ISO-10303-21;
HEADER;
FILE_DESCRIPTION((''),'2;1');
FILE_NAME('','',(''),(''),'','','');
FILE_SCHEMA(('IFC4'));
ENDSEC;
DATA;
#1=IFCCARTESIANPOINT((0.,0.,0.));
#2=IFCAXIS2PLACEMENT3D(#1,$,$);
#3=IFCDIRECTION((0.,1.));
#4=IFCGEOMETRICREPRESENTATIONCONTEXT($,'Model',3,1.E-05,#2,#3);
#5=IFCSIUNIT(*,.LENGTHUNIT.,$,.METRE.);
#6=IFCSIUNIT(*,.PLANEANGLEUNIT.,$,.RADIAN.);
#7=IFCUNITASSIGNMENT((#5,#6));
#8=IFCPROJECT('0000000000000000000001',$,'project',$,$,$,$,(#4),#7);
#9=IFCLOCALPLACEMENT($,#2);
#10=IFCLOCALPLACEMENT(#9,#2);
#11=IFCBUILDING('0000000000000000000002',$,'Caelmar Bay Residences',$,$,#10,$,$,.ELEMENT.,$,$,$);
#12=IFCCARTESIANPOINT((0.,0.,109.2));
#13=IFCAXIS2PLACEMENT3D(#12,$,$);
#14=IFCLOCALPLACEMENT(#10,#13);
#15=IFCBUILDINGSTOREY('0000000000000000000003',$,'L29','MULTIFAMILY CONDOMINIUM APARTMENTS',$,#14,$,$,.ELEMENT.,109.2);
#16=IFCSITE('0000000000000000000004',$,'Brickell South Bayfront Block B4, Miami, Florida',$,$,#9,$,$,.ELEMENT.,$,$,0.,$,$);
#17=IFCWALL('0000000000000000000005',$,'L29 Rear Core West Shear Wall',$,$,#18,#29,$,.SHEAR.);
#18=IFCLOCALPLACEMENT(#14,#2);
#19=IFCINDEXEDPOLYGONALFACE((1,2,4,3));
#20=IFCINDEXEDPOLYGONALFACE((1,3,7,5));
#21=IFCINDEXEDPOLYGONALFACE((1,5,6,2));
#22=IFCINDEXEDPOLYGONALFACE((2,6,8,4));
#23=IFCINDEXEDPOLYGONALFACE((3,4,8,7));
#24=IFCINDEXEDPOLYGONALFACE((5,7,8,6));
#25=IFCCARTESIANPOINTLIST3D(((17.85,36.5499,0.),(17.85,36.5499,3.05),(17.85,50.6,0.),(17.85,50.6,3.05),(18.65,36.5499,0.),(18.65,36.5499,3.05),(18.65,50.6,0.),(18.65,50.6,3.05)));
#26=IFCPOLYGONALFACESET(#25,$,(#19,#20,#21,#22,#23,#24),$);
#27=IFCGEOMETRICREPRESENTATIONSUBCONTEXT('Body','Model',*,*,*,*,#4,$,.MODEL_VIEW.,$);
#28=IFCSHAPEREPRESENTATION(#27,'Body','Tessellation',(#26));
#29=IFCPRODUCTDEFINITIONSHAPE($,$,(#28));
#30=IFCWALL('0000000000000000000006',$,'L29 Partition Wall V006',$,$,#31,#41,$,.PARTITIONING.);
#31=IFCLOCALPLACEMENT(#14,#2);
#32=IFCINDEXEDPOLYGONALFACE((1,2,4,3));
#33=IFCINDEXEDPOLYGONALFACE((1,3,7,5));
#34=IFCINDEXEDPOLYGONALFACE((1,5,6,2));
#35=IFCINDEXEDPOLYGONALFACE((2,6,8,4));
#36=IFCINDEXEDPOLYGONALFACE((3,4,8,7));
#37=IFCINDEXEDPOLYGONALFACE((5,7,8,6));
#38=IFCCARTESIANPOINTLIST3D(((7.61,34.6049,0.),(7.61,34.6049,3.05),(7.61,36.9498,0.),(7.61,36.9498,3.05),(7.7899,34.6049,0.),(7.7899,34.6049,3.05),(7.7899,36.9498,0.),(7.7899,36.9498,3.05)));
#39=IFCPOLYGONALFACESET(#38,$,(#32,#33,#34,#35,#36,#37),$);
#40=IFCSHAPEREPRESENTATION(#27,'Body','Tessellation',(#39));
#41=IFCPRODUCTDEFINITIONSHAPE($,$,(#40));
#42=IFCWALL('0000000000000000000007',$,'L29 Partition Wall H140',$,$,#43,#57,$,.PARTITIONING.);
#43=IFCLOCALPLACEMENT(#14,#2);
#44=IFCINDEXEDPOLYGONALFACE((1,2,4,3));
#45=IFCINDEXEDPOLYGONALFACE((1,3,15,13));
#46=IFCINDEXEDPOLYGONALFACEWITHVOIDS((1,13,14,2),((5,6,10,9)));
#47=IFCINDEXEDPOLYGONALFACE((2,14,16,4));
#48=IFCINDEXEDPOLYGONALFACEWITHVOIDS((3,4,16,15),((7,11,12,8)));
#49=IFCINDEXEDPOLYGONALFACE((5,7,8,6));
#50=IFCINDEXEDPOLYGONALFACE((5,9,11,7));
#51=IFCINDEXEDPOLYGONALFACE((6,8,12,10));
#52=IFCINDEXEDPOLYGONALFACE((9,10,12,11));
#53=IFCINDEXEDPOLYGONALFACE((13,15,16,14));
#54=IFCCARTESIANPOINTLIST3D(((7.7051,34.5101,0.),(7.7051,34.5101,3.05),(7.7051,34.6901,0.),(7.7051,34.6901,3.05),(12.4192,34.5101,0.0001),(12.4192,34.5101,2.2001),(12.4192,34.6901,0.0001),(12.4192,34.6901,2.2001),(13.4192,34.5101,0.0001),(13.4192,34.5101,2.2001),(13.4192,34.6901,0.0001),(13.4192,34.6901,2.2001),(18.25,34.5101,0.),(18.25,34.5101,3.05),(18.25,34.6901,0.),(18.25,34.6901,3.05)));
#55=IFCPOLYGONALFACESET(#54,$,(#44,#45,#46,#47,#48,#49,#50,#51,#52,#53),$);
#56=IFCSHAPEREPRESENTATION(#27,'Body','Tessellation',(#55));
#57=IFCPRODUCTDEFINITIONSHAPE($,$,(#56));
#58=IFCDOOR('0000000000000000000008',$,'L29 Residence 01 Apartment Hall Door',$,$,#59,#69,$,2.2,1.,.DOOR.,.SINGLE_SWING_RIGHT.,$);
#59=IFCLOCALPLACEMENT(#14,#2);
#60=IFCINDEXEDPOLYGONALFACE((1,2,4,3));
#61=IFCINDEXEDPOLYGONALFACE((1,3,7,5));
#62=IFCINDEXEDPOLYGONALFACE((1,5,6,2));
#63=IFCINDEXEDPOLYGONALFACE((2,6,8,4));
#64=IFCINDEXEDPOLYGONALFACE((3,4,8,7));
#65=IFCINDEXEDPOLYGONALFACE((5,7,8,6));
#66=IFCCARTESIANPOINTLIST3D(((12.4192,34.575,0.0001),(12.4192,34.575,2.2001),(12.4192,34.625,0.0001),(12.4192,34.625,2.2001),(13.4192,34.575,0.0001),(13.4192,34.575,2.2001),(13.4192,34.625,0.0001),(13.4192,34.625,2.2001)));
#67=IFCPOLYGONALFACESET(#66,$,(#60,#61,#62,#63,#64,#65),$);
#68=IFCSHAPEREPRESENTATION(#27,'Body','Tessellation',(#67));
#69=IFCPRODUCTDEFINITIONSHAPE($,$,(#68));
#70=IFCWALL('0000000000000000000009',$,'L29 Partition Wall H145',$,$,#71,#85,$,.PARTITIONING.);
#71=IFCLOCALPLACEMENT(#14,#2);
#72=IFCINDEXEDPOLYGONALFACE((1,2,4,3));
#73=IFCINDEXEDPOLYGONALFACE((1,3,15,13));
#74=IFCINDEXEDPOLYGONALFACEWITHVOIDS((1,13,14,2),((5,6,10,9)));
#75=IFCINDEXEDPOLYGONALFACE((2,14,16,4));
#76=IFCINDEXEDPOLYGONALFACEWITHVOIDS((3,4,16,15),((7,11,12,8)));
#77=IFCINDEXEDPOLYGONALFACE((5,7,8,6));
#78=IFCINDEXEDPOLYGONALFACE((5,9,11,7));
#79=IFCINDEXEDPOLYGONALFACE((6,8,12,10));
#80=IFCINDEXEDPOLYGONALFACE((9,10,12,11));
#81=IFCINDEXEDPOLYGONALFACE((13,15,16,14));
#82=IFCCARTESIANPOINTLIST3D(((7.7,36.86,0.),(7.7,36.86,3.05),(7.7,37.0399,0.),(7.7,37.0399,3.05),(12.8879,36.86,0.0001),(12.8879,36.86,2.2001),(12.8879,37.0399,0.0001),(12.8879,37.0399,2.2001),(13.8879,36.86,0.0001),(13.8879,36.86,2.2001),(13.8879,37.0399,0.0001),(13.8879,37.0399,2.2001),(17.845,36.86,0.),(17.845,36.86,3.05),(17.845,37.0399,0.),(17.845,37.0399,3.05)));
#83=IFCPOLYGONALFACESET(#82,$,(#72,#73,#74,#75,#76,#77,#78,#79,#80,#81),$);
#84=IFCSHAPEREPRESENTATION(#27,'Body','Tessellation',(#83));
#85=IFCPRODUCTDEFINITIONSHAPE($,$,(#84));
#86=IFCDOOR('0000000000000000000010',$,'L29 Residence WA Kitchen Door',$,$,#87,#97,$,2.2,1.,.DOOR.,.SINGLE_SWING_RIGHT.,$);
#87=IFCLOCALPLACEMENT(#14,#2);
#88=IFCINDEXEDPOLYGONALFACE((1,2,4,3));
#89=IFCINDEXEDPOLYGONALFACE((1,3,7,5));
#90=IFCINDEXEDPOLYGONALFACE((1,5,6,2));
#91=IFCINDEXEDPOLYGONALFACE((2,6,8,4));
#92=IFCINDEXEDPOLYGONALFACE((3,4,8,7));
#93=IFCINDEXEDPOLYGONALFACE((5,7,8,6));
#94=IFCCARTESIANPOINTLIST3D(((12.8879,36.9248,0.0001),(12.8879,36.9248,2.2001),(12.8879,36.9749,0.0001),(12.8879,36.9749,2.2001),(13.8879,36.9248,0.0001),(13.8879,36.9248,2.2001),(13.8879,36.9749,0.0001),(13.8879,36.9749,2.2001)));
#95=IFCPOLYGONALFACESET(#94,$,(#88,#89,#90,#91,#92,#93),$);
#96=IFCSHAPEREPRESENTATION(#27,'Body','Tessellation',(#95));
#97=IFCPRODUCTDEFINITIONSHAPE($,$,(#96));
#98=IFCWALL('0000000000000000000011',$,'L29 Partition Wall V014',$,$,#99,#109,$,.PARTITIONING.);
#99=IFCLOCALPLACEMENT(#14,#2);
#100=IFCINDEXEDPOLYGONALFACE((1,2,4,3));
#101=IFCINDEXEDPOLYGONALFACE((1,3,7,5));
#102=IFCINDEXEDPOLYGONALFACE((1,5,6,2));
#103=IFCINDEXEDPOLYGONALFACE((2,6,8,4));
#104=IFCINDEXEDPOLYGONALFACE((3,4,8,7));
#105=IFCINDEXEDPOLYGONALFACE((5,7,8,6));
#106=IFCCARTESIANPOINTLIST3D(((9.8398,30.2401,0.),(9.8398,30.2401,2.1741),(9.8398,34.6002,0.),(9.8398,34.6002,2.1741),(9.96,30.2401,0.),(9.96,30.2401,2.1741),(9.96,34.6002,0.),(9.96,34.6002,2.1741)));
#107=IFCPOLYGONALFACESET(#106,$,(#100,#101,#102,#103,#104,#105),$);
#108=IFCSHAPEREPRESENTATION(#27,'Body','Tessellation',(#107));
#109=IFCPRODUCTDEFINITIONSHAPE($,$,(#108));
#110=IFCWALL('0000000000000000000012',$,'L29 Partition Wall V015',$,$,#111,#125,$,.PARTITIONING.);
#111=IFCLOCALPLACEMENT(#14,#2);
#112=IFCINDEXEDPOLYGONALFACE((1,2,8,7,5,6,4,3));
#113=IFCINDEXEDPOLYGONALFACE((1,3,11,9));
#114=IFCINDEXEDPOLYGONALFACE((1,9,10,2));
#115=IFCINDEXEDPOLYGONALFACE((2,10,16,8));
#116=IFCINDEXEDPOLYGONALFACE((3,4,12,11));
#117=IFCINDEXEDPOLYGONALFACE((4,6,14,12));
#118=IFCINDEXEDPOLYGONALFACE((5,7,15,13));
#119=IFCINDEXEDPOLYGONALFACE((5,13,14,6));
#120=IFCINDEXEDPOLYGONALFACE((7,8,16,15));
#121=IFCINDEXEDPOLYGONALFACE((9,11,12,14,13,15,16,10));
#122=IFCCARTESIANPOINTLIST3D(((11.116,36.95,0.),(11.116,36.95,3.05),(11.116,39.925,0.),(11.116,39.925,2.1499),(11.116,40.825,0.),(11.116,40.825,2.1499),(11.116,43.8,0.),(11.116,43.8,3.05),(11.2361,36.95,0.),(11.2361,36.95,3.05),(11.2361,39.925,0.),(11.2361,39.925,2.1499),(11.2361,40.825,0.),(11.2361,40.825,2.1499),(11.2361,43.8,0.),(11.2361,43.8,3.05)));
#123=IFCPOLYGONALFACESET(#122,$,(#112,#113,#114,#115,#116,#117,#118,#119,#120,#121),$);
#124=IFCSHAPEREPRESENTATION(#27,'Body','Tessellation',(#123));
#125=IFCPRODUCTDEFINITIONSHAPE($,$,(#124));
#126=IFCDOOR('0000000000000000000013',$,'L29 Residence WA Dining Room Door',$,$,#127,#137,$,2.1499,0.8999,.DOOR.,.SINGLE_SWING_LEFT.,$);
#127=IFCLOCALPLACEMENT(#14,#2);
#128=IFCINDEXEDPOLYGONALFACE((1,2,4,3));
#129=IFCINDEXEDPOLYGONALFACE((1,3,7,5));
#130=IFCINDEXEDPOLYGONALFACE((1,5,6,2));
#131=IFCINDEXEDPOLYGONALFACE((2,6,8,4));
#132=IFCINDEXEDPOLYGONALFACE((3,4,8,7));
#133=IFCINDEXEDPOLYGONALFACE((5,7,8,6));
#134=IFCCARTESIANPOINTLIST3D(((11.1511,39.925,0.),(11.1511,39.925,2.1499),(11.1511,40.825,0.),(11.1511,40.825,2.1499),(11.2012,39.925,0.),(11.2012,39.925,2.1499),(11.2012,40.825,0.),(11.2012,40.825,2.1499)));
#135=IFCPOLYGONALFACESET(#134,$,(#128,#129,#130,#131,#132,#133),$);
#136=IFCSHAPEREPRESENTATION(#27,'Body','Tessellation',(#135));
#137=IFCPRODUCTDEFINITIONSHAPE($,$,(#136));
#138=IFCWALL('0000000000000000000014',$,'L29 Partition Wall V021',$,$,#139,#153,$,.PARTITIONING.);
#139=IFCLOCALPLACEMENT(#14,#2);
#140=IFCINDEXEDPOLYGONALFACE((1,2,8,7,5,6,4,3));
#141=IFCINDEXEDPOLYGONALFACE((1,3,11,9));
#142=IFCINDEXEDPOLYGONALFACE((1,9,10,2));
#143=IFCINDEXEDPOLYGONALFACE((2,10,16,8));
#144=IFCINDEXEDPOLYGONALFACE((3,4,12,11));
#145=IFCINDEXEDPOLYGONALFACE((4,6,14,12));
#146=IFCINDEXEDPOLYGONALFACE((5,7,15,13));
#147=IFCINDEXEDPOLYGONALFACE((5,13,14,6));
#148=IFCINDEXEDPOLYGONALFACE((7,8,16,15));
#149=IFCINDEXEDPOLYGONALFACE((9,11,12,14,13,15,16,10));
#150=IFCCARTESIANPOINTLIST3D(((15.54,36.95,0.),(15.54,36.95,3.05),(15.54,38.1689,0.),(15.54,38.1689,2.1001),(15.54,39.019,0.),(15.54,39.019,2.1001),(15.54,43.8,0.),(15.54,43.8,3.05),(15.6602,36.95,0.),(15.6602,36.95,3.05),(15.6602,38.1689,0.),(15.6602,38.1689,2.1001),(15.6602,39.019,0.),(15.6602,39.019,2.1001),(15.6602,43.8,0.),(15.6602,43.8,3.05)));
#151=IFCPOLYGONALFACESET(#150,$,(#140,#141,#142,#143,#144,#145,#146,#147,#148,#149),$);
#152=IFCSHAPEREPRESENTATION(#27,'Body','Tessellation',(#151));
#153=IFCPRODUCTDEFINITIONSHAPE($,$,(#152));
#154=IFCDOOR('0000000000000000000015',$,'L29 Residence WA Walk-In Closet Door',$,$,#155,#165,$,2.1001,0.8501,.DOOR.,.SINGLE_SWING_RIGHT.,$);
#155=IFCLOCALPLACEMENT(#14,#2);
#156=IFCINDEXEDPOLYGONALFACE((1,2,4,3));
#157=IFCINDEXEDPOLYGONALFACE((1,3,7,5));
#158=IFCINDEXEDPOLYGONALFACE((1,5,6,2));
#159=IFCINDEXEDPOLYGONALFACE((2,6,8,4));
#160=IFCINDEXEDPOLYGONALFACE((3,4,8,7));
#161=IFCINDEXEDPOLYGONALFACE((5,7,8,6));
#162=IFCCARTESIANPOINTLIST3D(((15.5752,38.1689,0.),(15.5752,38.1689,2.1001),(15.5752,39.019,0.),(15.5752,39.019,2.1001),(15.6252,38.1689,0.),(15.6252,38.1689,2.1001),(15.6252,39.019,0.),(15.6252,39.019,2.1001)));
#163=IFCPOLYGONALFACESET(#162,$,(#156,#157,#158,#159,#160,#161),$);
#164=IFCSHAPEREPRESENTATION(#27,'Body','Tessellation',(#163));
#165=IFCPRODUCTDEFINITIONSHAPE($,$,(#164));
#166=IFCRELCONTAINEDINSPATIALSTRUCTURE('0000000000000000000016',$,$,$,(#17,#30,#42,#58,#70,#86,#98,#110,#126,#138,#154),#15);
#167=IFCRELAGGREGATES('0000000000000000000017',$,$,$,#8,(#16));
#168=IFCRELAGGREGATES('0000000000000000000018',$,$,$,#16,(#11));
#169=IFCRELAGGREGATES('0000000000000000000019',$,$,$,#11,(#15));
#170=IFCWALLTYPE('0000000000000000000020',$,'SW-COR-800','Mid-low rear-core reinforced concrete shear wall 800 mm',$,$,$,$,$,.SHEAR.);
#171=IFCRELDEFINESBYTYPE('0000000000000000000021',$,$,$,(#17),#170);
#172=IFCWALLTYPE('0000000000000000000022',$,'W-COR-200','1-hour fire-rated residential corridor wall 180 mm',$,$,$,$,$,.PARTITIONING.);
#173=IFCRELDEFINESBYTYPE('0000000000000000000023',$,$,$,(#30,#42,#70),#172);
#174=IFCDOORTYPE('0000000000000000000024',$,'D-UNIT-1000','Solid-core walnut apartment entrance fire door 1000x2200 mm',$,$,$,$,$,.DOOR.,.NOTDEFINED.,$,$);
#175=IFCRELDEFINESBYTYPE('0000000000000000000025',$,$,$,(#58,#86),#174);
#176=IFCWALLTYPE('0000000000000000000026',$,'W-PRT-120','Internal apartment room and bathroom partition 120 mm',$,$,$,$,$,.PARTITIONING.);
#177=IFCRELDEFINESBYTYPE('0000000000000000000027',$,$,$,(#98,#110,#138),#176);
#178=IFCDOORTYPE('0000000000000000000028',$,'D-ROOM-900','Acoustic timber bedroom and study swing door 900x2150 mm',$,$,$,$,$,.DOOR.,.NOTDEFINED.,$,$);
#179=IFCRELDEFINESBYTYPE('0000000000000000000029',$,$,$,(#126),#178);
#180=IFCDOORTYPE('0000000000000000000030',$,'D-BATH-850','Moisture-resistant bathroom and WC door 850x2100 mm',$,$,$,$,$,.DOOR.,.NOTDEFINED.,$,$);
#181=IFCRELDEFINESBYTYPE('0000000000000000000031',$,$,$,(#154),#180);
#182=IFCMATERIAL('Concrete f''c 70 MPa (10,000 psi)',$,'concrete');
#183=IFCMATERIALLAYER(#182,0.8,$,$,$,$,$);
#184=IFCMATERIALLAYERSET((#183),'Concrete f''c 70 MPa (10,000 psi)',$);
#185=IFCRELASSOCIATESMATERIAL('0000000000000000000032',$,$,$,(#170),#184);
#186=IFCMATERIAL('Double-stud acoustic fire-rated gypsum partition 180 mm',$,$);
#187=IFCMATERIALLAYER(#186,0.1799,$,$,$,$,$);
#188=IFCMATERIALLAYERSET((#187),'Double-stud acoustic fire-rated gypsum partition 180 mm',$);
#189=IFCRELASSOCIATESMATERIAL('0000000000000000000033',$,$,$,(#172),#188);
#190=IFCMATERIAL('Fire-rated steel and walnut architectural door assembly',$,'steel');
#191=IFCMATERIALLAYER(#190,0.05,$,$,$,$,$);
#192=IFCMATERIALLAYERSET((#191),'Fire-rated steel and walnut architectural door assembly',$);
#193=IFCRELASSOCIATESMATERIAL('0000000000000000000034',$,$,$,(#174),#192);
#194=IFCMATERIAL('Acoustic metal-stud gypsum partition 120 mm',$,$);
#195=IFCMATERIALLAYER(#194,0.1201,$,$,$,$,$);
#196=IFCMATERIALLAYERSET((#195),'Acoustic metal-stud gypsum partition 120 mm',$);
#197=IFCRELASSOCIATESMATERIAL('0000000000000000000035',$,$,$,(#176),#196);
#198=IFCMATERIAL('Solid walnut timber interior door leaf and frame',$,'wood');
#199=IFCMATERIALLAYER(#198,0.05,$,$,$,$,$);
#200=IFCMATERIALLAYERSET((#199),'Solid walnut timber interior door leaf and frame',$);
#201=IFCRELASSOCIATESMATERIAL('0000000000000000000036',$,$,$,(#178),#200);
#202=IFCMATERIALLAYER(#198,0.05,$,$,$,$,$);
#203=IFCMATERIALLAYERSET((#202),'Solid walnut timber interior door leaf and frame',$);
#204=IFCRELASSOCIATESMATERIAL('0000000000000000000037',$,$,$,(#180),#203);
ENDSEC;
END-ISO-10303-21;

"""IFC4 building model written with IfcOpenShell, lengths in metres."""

from ifc_helpers import new_model, si_unit, direction, frame, frame_2d, origin, place, context, subcontext, project, spatial, rectangle, extrude, material, layer, layer_set, type_object, element, fill, save


model = new_model("IFC4")

# Units and contexts
model_context = context("Model", 3, precision=1e-05, world=origin(), true_north=direction((0.0, 1.0)))
body_context = subcontext(model_context, "Body", "Model", "MODEL_VIEW")
ifc_project = project(units=[si_unit("LENGTHUNIT", "METRE"), si_unit("PLANEANGLEUNIT", "RADIAN")], contexts=[model_context])

# Site, building, storey
site_placement = place(None, origin())
site = spatial("IfcSite", under=ifc_project, at=site_placement, Name="Brickell South Bayfront Block B4, Miami, Florida", CompositionType="ELEMENT", RefElevation=0.0)
building_placement = place(site_placement, origin())
building = spatial("IfcBuilding", under=site, at=building_placement, Name="Caelmar Bay Residences", CompositionType="ELEMENT")
storey_placement = place(building_placement, frame((0.0, 0.0, 109.2)))
storey = spatial("IfcBuildingStorey", under=building, at=storey_placement, Name="L29", Description="MULTIFAMILY CONDOMINIUM APARTMENTS", CompositionType="ELEMENT", Elevation=109.2)

# Shared definitions
ifc_material_1 = material(Name="Concrete f'c 70 MPa (10,000 psi)", Category="concrete")
ifc_layer_1 = layer(ifc_material_1, 0.8)
ifc_layer_set_1 = layer_set([ifc_layer_1], Name="Concrete f'c 70 MPa (10,000 psi)")
wall_type_1 = type_object("IfcWallType", Name="SW-COR-800", Description="Mid-low rear-core reinforced concrete shear wall 800 mm", PredefinedType="SHEAR", material=ifc_layer_set_1)
ifc_material_2 = material(Name="Fire-rated steel and walnut architectural door assembly", Category="steel")

# Walls
wall_1_placement = place(storey_placement, frame((18.25, 36.55, 0.0), z_axis=(0.0, 0.0, 1.0), x_axis=(0.0, 1.0, 0.0)))
element("IfcWall", 1, at=wall_1_placement, inside=storey, type_object=wall_type_1, Name="L29 Rear Core West Shear Wall", PredefinedType="SHEAR", context=body_context, shape_type="SweptSolid", body=[
    extrude(rectangle(XDim=14.05, YDim=0.8, at=frame_2d((7.0249, 0.0))), origin(), (0.0, 0.0, 1.0), 3.05),
])
ifc_material_3 = material(Name="Double-stud acoustic fire-rated gypsum partition 180 mm")
ifc_layer_2 = layer(ifc_material_3, 0.1799)
ifc_layer_set_2 = layer_set([ifc_layer_2], Name="Double-stud acoustic fire-rated gypsum partition 180 mm")
wall_type_2 = type_object("IfcWallType", Name="W-COR-200", Description="1-hour fire-rated residential corridor wall 180 mm", PredefinedType="PARTITIONING", material=ifc_layer_set_2)
wall_2_placement = place(storey_placement, frame((7.7, 34.605, 0.0), z_axis=(0.0, 0.0, 1.0), x_axis=(0.0, 1.0, 0.0)))
element("IfcWall", 2, at=wall_2_placement, inside=storey, type_object=wall_type_2, Name="L29 Partition Wall V006", PredefinedType="PARTITIONING", context=body_context, shape_type="SweptSolid", body=[
    extrude(rectangle(XDim=2.345, YDim=0.1799, at=frame_2d((1.1724, 0.0))), origin(), (0.0, 0.0, 1.0), 3.05),
])

# Walls, openings, doors
wall_3_placement = place(storey_placement, frame((7.7051, 34.6001, 0.0), z_axis=(0.0, 0.0, 1.0), x_axis=(1.0, 0.0, 0.0)))
wall_3 = element("IfcWall", 3, at=wall_3_placement, inside=storey, type_object=wall_type_2, Name="L29 Partition Wall H140", PredefinedType="PARTITIONING", context=body_context, shape_type="SweptSolid", body=[
    extrude(rectangle(XDim=10.5449, YDim=0.1799, at=frame_2d((5.2725, 0.0))), origin(), (0.0, 0.0, 1.0), 3.05),
])
opening_1_placement = place(wall_3_placement, frame((4.7141, 0.0, 0.0)))
opening_1 = element("IfcOpeningElement", 4, at=opening_1_placement, cuts=wall_3, PredefinedType="OPENING", context=body_context, shape_type="SweptSolid", body=[
    extrude(rectangle(XDim=1.0, YDim=2.2, at=frame_2d((0.5, 1.1001))), frame((0.0, 0.0999, 0.0), z_axis=(0.0, -1.0, 0.0), x_axis=(1.0, 0.0, 0.0)), (0.0, 0.0, 1.0), 0.2),
])
ifc_layer_3 = layer(ifc_material_2, 0.05)
ifc_layer_set_3 = layer_set([ifc_layer_3], Name="Fire-rated steel and walnut architectural door assembly")
door_type_1 = type_object("IfcDoorType", Name="D-UNIT-1000", Description="Solid-core walnut apartment entrance fire door 1000x2200 mm", OperationType="NOTDEFINED", PredefinedType="DOOR", material=ifc_layer_set_3)
door_1_placement = place(opening_1_placement, origin())
door_1 = element("IfcDoor", 5, at=door_1_placement, inside=storey, type_object=door_type_1, Name="L29 Residence 01 Apartment Hall Door", OperationType="SINGLE_SWING_RIGHT", OverallHeight=2.2, OverallWidth=1.0, PredefinedType="DOOR", context=body_context, shape_type="SweptSolid", body=[
    extrude(rectangle(XDim=1.0, YDim=2.2, at=frame_2d((0.5, 1.1001))), frame((0.0, 0.0249, 0.0), z_axis=(0.0, -1.0, 0.0), x_axis=(1.0, 0.0, 0.0)), (0.0, 0.0, 1.0), 0.05),
])
fill(opening_1, door_1)
wall_4_placement = place(storey_placement, frame((7.7, 36.95, 0.0), z_axis=(0.0, 0.0, 1.0), x_axis=(1.0, 0.0, 0.0)))
wall_4 = element("IfcWall", 6, at=wall_4_placement, inside=storey, type_object=wall_type_2, Name="L29 Partition Wall H145", PredefinedType="PARTITIONING", context=body_context, shape_type="SweptSolid", body=[
    extrude(rectangle(XDim=10.145, YDim=0.1799, at=frame_2d((5.0725, 0.0))), origin(), (0.0, 0.0, 1.0), 3.05),
])
opening_2_placement = place(wall_4_placement, frame((5.188, 0.0, 0.0)))
opening_2 = element("IfcOpeningElement", 7, at=opening_2_placement, cuts=wall_4, PredefinedType="OPENING", context=body_context, shape_type="SweptSolid", body=[
    extrude(rectangle(XDim=1.0, YDim=2.2, at=frame_2d((0.5, 1.1001))), frame((0.0, 0.0999, 0.0), z_axis=(0.0, -1.0, 0.0), x_axis=(1.0, 0.0, 0.0)), (0.0, 0.0, 1.0), 0.2),
])
door_2_placement = place(opening_2_placement, origin())
door_2 = element("IfcDoor", 8, at=door_2_placement, inside=storey, type_object=door_type_1, Name="L29 Residence WA Kitchen Door", OperationType="SINGLE_SWING_RIGHT", OverallHeight=2.2, OverallWidth=1.0, PredefinedType="DOOR", context=body_context, shape_type="SweptSolid", body=[
    extrude(rectangle(XDim=1.0, YDim=2.2, at=frame_2d((0.5, 1.1001))), frame((0.0, 0.0249, 0.0), z_axis=(0.0, -1.0, 0.0), x_axis=(1.0, 0.0, 0.0)), (0.0, 0.0, 1.0), 0.05),
])
fill(opening_2, door_2)

# Wall
ifc_material_4 = material(Name="Acoustic metal-stud gypsum partition 120 mm")
ifc_layer_4 = layer(ifc_material_4, 0.1201)
ifc_layer_set_4 = layer_set([ifc_layer_4], Name="Acoustic metal-stud gypsum partition 120 mm")
wall_type_3 = type_object("IfcWallType", Name="W-PRT-120", Description="Internal apartment room and bathroom partition 120 mm", PredefinedType="PARTITIONING", material=ifc_layer_set_4)
wall_5_placement = place(storey_placement, frame((9.8999, 30.24, 0.0), z_axis=(0.0, 0.0, 1.0), x_axis=(0.0, 1.0, 0.0)))
element("IfcWall", 9, at=wall_5_placement, inside=storey, type_object=wall_type_3, Name="L29 Partition Wall V014", PredefinedType="PARTITIONING", context=body_context, shape_type="SweptSolid", body=[
    extrude(rectangle(XDim=4.3601, YDim=0.1201, at=frame_2d((2.1802, 0.0))), origin(), (0.0, 0.0, 1.0), 2.1741),
])

# Walls, openings, doors
wall_6_placement = place(storey_placement, frame((11.176, 36.95, 0.0), z_axis=(0.0, 0.0, 1.0), x_axis=(0.0, 1.0, 0.0)))
wall_6 = element("IfcWall", 10, at=wall_6_placement, inside=storey, type_object=wall_type_3, Name="L29 Partition Wall V015", PredefinedType="PARTITIONING", context=body_context, shape_type="SweptSolid", body=[
    extrude(rectangle(XDim=6.8501, YDim=0.1201, at=frame_2d((3.425, 0.0))), origin(), (0.0, 0.0, 1.0), 3.05),
])
opening_3_placement = place(wall_6_placement, frame((2.9751, 0.0, 0.0)))
opening_3 = element("IfcOpeningElement", 11, at=opening_3_placement, cuts=wall_6, PredefinedType="OPENING", context=body_context, shape_type="SweptSolid", body=[
    extrude(rectangle(XDim=0.8999, YDim=2.1499, at=frame_2d((0.45, 1.075))), frame((0.0, 0.0701, 0.0), z_axis=(0.0, -1.0, 0.0), x_axis=(1.0, 0.0, 0.0)), (0.0, 0.0, 1.0), 0.1401),
])
ifc_material_5 = material(Name="Solid walnut timber interior door leaf and frame", Category="wood")
ifc_layer_5 = layer(ifc_material_5, 0.05)
ifc_layer_set_5 = layer_set([ifc_layer_5], Name="Solid walnut timber interior door leaf and frame")
door_type_2 = type_object("IfcDoorType", Name="D-ROOM-900", Description="Acoustic timber bedroom and study swing door 900x2150 mm", OperationType="NOTDEFINED", PredefinedType="DOOR", material=ifc_layer_set_5)
door_3_placement = place(opening_3_placement, origin())
door_3 = element("IfcDoor", 12, at=door_3_placement, inside=storey, type_object=door_type_2, Name="L29 Residence WA Dining Room Door", OperationType="SINGLE_SWING_LEFT", OverallHeight=2.1499, OverallWidth=0.8999, PredefinedType="DOOR", context=body_context, shape_type="SweptSolid", body=[
    extrude(rectangle(XDim=0.8999, YDim=2.1499, at=frame_2d((0.45, 1.075))), frame((0.0, 0.0249, 0.0), z_axis=(0.0, -1.0, 0.0), x_axis=(1.0, 0.0, 0.0)), (0.0, 0.0, 1.0), 0.05),
])
fill(opening_3, door_3)
wall_7_placement = place(storey_placement, frame((15.6001, 36.95, 0.0), z_axis=(0.0, 0.0, 1.0), x_axis=(0.0, 1.0, 0.0)))
wall_7 = element("IfcWall", 13, at=wall_7_placement, inside=storey, type_object=wall_type_3, Name="L29 Partition Wall V021", PredefinedType="PARTITIONING", context=body_context, shape_type="SweptSolid", body=[
    extrude(rectangle(XDim=6.8501, YDim=0.1201, at=frame_2d((3.425, 0.0))), origin(), (0.0, 0.0, 1.0), 3.05),
])
opening_4_placement = place(wall_7_placement, frame((1.219, 0.0, 0.0)))
opening_4 = element("IfcOpeningElement", 14, at=opening_4_placement, cuts=wall_7, PredefinedType="OPENING", context=body_context, shape_type="SweptSolid", body=[
    extrude(rectangle(XDim=0.8501, YDim=2.1001, at=frame_2d((0.425, 1.05))), frame((0.0, 0.0701, 0.0), z_axis=(0.0, -1.0, 0.0), x_axis=(1.0, 0.0, 0.0)), (0.0, 0.0, 1.0), 0.1401),
])
ifc_layer_6 = layer(ifc_material_5, 0.05)
ifc_layer_set_6 = layer_set([ifc_layer_6], Name="Solid walnut timber interior door leaf and frame")
door_type_3 = type_object("IfcDoorType", Name="D-BATH-850", Description="Moisture-resistant bathroom and WC door 850x2100 mm", OperationType="NOTDEFINED", PredefinedType="DOOR", material=ifc_layer_set_6)
door_4_placement = place(opening_4_placement, origin())
door_4 = element("IfcDoor", 15, at=door_4_placement, inside=storey, type_object=door_type_3, Name="L29 Residence WA Walk-In Closet Door", OperationType="SINGLE_SWING_RIGHT", OverallHeight=2.1001, OverallWidth=0.8501, PredefinedType="DOOR", context=body_context, shape_type="SweptSolid", body=[
    extrude(rectangle(XDim=0.8501, YDim=2.1001, at=frame_2d((0.425, 1.05))), frame((0.0, 0.0249, 0.0), z_axis=(0.0, -1.0, 0.0), x_axis=(1.0, 0.0, 0.0)), (0.0, 0.0, 1.0), 0.05),
])
fill(opening_4, door_4)

save(model, "model.ifc")
